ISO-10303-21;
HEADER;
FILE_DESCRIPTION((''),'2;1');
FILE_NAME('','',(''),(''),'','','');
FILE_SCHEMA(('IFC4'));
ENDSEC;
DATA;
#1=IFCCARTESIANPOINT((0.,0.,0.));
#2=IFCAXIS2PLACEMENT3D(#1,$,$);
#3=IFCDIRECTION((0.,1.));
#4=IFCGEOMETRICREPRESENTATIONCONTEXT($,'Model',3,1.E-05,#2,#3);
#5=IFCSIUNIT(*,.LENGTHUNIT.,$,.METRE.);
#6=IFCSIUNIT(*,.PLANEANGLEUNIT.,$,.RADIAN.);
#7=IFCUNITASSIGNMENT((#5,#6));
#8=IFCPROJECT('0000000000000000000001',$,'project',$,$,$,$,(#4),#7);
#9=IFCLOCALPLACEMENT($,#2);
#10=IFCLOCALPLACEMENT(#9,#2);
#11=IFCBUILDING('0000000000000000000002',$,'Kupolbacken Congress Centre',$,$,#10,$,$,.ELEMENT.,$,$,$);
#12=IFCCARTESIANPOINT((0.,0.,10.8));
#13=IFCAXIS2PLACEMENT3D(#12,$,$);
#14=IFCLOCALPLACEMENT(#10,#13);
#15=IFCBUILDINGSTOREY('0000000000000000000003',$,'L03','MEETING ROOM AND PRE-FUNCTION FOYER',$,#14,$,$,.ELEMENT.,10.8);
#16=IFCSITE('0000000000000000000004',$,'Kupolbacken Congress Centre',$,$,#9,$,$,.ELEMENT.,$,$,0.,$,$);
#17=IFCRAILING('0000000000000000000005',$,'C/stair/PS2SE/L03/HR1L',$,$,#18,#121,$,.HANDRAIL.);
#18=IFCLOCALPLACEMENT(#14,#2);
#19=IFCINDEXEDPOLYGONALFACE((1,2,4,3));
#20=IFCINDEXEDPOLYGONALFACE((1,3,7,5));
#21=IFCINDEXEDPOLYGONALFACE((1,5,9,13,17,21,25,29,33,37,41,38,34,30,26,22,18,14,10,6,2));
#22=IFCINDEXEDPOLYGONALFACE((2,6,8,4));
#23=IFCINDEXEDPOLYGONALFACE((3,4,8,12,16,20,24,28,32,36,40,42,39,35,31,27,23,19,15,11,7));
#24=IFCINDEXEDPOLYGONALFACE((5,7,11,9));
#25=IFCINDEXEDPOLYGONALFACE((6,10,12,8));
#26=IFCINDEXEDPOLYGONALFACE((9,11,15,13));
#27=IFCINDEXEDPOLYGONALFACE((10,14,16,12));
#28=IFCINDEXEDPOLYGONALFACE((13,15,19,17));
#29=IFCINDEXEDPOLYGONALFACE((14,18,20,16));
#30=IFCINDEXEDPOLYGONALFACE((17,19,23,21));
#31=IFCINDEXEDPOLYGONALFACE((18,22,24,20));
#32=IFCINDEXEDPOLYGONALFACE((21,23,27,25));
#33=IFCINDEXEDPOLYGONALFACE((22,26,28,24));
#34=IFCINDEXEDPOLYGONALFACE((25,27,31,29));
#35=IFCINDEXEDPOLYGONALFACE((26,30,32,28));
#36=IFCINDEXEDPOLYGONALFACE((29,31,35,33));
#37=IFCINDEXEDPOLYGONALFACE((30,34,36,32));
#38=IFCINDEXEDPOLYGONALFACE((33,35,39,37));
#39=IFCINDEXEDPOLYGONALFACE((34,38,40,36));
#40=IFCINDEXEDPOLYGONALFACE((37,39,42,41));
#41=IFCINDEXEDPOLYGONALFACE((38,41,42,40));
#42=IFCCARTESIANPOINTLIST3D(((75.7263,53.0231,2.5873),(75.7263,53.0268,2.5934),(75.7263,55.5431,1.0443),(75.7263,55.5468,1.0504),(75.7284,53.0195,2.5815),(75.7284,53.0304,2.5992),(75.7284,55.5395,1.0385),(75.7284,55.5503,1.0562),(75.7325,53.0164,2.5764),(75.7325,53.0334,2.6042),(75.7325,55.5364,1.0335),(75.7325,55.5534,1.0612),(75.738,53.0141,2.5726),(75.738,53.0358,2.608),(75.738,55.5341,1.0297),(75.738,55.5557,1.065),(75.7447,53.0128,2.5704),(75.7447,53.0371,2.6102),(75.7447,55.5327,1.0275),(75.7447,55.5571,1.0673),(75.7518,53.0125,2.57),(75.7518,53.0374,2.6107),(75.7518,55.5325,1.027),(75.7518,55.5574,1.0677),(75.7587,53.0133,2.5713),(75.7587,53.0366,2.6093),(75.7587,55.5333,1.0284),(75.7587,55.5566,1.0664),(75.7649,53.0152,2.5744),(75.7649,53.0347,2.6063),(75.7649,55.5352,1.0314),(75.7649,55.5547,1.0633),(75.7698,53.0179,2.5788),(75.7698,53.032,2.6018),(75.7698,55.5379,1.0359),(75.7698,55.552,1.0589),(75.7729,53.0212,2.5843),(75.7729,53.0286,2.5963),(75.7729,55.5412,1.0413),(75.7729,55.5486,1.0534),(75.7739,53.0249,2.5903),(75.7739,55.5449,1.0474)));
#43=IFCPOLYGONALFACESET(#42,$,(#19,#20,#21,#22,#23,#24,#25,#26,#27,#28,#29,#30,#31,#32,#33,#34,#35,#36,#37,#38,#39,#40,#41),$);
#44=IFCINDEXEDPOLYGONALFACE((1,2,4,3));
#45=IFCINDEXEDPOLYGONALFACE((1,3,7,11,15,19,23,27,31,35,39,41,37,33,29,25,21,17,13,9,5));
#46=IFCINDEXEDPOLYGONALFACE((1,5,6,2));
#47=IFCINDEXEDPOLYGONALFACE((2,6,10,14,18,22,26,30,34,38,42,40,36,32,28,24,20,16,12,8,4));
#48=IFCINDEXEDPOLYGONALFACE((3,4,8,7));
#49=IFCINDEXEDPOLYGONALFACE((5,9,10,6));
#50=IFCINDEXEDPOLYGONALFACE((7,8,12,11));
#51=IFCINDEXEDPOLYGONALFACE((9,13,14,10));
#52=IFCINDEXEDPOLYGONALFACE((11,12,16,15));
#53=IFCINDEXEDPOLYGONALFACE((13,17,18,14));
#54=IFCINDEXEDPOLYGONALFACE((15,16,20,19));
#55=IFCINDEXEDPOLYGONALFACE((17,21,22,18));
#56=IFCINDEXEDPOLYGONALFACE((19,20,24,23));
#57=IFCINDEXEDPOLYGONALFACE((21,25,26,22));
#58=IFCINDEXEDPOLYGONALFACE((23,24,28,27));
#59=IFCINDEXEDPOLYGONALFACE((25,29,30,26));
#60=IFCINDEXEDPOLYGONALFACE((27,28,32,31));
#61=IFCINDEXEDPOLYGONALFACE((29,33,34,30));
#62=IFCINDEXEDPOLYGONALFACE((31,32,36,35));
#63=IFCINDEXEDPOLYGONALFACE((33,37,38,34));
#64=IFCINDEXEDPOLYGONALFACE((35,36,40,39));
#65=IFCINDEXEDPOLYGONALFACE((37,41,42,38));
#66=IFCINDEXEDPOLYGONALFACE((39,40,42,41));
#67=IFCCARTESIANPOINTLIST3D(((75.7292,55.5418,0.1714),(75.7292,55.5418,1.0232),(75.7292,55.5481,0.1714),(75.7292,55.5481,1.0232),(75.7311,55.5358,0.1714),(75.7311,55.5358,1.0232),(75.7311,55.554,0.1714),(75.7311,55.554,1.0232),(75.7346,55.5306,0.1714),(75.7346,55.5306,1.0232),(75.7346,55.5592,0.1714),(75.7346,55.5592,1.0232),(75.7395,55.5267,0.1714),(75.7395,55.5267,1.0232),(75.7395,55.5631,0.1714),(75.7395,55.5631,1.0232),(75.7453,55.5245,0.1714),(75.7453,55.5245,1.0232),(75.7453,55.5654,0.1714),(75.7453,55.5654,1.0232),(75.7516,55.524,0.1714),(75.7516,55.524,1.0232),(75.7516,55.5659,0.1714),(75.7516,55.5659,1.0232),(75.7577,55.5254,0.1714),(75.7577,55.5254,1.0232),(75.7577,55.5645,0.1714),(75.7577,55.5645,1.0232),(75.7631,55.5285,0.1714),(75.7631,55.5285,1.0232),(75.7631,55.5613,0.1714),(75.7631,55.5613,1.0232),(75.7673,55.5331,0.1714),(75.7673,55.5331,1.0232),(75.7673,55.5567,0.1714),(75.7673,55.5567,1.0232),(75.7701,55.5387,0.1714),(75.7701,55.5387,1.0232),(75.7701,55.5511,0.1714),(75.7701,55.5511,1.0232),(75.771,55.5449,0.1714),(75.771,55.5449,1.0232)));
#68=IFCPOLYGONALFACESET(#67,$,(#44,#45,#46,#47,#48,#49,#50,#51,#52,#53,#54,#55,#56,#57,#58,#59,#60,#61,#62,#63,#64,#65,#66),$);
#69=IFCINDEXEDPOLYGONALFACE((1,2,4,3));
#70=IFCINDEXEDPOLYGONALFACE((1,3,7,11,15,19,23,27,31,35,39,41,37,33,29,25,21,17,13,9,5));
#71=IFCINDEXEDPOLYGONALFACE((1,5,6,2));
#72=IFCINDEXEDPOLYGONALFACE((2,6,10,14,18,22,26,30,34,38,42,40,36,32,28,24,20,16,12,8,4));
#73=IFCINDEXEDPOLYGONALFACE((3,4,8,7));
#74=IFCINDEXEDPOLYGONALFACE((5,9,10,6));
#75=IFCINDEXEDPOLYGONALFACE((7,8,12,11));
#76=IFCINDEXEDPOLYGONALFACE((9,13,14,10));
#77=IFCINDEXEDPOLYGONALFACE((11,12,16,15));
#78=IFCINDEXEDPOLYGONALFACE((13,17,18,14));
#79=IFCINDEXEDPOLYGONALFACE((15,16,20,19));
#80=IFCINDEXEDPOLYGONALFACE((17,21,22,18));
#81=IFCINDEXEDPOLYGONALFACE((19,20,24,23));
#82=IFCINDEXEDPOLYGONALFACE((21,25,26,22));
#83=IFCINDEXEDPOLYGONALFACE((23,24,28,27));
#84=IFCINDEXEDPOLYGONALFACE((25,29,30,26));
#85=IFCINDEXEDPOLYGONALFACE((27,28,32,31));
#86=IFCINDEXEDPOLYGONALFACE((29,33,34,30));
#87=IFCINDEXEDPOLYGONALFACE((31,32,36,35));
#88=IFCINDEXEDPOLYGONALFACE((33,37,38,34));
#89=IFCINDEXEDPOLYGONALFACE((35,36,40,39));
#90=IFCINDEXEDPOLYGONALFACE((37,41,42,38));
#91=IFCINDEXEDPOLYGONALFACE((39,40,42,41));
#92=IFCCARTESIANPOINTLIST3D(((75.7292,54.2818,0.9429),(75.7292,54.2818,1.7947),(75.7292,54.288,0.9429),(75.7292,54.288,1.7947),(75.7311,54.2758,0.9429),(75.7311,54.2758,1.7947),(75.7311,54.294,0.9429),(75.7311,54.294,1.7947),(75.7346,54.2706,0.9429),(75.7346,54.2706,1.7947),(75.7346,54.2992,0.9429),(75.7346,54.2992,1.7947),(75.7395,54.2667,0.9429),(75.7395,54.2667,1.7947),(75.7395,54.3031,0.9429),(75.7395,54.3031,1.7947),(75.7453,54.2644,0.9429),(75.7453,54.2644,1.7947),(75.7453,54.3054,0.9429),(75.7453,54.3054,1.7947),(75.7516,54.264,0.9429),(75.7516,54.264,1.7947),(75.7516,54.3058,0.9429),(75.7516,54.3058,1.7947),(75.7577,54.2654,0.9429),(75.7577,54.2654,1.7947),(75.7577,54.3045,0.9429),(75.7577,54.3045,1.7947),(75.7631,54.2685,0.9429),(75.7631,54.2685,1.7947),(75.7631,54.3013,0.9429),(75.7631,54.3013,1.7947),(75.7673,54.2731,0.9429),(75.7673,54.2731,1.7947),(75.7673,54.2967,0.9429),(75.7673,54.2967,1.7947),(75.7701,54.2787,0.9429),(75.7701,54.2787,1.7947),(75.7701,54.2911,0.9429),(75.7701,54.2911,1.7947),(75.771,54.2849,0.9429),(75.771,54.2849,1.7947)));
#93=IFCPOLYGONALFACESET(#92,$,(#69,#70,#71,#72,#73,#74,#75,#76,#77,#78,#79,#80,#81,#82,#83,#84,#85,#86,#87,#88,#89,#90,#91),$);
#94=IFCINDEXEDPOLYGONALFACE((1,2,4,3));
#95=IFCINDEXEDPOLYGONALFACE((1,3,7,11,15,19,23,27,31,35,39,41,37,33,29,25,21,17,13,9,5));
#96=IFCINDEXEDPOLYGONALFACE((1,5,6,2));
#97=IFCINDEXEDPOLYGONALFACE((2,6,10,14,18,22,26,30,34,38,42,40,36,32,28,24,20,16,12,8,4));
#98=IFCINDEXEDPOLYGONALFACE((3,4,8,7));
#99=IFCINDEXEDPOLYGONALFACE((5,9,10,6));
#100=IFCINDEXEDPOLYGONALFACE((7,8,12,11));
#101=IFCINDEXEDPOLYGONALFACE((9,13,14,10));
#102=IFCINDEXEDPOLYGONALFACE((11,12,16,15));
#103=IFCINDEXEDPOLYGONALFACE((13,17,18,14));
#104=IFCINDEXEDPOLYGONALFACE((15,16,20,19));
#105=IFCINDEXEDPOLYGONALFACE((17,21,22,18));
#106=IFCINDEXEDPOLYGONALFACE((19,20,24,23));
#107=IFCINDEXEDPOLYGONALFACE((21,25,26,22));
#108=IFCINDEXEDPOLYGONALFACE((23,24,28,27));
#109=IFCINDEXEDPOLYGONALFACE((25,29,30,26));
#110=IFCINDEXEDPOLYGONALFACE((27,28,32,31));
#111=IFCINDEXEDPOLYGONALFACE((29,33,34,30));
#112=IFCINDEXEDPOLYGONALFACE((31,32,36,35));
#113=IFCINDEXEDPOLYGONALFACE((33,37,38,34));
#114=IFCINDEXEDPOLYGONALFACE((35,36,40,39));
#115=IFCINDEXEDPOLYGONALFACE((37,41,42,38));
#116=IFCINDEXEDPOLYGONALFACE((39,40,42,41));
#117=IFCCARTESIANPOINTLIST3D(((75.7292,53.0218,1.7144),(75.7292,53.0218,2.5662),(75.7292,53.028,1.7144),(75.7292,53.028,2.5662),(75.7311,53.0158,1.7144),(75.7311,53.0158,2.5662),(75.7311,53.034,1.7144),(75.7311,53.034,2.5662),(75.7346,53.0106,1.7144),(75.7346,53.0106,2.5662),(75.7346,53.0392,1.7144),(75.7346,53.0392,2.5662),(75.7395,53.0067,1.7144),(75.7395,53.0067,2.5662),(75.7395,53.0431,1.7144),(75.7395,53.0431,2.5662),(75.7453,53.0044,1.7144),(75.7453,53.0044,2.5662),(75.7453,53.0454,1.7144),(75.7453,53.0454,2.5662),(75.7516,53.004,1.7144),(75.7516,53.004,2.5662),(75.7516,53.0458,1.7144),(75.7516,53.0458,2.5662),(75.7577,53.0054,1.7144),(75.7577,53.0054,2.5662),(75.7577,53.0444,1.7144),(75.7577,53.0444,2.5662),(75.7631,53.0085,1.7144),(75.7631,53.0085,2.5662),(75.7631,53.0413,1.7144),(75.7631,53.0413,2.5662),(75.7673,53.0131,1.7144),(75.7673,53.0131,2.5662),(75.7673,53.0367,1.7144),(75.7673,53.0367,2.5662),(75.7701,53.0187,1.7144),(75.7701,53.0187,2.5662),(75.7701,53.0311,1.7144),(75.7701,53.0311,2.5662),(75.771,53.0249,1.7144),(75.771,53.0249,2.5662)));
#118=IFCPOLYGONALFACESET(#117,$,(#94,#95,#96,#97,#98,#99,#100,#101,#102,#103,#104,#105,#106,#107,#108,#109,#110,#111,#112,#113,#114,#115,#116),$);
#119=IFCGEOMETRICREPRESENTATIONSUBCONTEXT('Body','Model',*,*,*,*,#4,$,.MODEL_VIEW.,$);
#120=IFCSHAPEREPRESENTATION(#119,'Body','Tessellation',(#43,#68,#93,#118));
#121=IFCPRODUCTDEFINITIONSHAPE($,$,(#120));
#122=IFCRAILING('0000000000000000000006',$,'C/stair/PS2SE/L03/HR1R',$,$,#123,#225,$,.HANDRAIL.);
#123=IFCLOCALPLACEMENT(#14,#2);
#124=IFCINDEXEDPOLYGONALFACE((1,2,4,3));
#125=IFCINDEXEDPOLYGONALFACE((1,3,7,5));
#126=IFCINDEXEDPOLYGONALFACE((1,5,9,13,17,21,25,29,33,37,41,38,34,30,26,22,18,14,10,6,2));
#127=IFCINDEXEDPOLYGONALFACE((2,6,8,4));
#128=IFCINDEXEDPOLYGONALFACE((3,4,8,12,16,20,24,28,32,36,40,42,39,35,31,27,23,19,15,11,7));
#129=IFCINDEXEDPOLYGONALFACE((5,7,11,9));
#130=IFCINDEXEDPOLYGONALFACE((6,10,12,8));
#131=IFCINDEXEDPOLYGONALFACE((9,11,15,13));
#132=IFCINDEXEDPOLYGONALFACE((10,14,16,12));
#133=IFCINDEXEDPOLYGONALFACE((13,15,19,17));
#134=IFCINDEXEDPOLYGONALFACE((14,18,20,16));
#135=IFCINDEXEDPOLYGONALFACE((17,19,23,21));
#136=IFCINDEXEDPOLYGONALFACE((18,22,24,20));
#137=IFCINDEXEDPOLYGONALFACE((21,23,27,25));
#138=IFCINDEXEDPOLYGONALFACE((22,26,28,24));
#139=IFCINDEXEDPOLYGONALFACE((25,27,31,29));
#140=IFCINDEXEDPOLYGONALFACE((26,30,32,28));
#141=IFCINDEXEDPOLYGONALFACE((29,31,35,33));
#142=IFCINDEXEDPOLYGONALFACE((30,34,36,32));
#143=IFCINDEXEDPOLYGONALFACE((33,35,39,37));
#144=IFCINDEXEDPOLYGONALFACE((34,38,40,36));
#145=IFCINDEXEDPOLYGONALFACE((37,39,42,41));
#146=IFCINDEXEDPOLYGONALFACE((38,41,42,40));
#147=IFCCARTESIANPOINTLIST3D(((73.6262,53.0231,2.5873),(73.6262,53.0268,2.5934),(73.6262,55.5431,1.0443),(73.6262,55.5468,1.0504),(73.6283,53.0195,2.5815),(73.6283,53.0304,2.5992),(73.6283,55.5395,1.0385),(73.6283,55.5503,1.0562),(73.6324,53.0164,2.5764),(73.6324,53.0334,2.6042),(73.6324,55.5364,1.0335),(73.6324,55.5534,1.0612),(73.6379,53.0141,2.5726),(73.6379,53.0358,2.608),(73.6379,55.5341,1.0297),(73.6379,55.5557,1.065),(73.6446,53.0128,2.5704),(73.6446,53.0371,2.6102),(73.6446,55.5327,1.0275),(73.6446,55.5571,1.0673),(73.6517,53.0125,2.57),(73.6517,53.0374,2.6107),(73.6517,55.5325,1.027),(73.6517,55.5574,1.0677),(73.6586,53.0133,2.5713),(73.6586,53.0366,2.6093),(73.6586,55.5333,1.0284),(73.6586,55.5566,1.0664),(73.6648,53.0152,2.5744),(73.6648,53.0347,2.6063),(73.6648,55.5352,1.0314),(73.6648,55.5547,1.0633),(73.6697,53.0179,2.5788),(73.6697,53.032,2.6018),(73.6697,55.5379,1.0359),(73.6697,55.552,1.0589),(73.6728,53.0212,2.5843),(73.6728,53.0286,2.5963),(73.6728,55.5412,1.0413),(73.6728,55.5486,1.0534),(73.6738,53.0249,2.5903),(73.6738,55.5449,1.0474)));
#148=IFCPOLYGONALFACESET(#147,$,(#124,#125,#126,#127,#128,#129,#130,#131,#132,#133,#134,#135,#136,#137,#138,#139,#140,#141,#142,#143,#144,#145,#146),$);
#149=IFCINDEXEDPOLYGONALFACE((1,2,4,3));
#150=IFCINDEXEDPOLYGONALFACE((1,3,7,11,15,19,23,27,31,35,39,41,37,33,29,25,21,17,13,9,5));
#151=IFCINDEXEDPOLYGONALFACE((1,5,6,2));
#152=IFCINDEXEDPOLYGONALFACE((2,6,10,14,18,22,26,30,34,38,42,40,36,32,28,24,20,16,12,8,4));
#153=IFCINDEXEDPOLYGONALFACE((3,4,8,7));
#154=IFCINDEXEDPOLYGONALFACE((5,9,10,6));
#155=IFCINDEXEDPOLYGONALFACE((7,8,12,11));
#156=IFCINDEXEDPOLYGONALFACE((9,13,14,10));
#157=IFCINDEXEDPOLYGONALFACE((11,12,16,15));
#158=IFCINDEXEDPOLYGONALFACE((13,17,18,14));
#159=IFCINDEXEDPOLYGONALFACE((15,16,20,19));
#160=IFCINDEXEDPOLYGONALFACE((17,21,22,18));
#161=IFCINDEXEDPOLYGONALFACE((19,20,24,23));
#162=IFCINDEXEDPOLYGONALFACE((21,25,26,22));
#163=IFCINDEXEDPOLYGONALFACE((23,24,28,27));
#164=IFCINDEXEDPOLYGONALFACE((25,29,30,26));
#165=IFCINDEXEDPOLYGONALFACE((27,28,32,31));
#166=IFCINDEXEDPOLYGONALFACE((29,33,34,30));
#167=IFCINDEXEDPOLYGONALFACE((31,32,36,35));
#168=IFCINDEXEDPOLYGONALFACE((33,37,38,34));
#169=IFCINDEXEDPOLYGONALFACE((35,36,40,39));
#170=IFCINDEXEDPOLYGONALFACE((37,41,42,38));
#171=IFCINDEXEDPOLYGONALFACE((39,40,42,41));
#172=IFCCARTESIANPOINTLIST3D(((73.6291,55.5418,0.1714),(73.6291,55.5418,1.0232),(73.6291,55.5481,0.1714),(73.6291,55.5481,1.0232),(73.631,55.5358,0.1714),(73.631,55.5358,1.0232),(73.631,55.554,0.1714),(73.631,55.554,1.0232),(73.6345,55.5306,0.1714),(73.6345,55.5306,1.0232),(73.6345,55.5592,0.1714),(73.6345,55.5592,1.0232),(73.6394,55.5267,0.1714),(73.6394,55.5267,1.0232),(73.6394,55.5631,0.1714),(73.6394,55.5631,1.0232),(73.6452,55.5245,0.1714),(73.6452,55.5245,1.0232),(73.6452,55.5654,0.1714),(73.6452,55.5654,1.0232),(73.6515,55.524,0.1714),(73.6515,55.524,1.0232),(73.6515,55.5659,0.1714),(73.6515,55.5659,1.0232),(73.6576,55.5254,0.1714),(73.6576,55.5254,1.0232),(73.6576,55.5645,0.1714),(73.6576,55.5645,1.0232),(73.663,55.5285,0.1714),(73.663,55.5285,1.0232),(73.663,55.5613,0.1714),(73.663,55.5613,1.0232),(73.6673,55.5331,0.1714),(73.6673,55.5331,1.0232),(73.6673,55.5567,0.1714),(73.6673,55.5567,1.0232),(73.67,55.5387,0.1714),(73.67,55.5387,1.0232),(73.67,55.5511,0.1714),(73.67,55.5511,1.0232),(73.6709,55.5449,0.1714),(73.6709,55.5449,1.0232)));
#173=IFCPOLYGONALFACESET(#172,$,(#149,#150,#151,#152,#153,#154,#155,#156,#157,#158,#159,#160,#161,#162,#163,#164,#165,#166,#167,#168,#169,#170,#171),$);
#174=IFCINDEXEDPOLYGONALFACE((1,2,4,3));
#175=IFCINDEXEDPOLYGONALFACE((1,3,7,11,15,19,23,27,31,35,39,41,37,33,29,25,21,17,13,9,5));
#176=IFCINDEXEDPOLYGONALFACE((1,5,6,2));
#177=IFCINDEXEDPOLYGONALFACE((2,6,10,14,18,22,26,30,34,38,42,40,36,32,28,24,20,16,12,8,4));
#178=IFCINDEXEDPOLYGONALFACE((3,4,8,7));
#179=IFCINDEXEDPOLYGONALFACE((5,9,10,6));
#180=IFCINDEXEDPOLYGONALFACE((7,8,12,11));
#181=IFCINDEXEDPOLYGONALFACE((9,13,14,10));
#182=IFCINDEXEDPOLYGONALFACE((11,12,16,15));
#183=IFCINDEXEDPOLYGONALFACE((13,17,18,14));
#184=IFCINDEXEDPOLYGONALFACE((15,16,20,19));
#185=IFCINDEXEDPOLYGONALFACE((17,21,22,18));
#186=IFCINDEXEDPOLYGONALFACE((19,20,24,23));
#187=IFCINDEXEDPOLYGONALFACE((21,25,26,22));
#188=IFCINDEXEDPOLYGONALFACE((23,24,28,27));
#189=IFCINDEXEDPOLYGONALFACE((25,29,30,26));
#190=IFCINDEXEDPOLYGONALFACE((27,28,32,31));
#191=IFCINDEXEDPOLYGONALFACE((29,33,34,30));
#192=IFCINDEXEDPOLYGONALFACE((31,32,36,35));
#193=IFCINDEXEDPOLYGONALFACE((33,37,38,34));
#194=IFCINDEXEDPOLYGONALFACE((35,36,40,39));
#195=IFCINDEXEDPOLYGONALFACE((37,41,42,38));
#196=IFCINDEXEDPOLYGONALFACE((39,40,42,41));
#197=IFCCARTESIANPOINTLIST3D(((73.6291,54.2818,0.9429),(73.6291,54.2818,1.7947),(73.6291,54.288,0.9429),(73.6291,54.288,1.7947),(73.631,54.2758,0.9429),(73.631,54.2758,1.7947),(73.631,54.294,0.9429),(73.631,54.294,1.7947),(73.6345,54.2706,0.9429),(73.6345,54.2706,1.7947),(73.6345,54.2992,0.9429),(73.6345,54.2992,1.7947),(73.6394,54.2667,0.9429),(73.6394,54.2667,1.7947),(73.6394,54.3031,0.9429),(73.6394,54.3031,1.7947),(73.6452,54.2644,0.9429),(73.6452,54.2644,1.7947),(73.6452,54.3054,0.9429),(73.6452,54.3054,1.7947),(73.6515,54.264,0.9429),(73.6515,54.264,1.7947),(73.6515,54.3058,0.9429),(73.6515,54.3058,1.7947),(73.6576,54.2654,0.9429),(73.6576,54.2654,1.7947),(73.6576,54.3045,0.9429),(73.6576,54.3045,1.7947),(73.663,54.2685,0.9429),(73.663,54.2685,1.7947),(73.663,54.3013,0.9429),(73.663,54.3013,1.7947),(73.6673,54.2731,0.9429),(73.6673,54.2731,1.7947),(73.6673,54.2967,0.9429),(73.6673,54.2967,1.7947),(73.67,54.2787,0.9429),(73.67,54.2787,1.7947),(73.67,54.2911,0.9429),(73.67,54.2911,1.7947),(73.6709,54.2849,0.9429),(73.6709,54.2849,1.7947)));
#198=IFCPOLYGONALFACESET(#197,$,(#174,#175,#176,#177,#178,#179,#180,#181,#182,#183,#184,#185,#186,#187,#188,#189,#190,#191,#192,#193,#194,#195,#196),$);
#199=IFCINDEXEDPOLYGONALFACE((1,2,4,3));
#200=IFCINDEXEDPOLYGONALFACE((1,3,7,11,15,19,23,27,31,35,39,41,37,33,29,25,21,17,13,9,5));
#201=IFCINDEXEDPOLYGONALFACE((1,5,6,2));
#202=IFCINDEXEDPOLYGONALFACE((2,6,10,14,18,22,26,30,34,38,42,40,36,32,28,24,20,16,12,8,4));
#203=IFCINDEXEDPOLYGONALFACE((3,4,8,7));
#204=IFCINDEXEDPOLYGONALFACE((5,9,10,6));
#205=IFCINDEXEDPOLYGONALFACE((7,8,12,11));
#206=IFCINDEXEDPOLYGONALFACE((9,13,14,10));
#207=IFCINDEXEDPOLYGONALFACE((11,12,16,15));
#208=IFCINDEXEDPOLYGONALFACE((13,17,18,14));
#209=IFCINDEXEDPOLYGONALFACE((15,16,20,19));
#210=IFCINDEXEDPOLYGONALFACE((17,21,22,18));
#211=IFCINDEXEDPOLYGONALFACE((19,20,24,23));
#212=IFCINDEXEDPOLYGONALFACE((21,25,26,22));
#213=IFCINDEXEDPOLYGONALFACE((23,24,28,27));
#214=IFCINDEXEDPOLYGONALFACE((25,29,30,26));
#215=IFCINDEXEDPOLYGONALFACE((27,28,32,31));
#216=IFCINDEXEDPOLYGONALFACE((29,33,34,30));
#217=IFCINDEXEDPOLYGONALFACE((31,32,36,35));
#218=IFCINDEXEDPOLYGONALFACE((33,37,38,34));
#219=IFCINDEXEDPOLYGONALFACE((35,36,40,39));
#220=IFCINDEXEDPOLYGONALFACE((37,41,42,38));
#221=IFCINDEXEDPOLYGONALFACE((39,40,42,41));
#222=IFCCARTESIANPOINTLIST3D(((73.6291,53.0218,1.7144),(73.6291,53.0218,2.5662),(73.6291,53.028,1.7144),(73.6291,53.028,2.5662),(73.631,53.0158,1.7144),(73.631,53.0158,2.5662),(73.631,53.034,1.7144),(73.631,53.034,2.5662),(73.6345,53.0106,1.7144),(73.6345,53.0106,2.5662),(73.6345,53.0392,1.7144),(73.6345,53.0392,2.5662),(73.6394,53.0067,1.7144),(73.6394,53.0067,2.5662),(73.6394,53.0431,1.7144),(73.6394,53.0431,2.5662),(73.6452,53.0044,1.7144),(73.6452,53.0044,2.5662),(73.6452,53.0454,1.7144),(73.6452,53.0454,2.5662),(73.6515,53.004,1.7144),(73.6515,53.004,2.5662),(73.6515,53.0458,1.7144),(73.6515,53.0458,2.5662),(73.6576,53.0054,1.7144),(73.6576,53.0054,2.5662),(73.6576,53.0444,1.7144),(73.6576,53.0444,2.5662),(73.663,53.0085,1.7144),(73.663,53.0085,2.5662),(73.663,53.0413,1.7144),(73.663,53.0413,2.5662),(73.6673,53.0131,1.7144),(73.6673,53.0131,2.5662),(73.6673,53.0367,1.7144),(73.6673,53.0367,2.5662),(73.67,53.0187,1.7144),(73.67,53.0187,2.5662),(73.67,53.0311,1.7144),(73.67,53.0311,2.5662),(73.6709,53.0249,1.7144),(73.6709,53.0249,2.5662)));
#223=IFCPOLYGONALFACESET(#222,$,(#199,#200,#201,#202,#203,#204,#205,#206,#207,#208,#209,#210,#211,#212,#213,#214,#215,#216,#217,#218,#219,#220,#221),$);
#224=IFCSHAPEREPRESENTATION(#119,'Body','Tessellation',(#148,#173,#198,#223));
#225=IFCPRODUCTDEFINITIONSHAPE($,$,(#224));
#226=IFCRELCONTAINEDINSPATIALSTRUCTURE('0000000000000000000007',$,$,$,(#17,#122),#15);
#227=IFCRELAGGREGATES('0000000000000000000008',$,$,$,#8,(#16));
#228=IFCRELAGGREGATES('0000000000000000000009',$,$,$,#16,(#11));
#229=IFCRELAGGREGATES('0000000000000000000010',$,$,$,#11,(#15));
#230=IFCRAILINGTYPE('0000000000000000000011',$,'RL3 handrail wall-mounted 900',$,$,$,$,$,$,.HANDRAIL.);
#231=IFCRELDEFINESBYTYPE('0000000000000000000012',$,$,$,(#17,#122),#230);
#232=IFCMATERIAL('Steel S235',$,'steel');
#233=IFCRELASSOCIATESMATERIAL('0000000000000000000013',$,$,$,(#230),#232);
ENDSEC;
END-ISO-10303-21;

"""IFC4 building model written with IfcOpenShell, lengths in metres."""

from ifc_helpers import new_model, si_unit, direction, frame, origin, origin_2d, place, context, subcontext, project, spatial, circle, extrude, material, type_object, element, save


model = new_model("IFC4")

# Units and contexts
model_context = context("Model", 3, precision=1e-05, world=origin(), true_north=direction((0.0, 1.0)))
body_context = subcontext(model_context, "Body", "Model", "MODEL_VIEW")
ifc_project = project(units=[si_unit("LENGTHUNIT", "METRE"), si_unit("PLANEANGLEUNIT", "RADIAN")], contexts=[model_context])

# Site, building, storey
site_placement = place(None, origin())
site = spatial("IfcSite", under=ifc_project, at=site_placement, Name="Kupolbacken Congress Centre", CompositionType="ELEMENT", RefElevation=0.0)
building_placement = place(site_placement, origin())
building = spatial("IfcBuilding", under=site, at=building_placement, Name="Kupolbacken Congress Centre", CompositionType="ELEMENT")
storey_placement = place(building_placement, frame((0.0, 0.0, 10.8)))
storey = spatial("IfcBuildingStorey", under=building, at=storey_placement, Name="L03", Description="MEETING ROOM AND PRE-FUNCTION FOYER", CompositionType="ELEMENT", Elevation=10.8)

# Railings
ifc_material_1 = material(Name="Steel S235", Category="steel")
railing_type = type_object("IfcRailingType", Name="RL3 handrail wall-mounted 900", PredefinedType="HANDRAIL", material=ifc_material_1)
for number, where, name in (
    (1, (75.75, 55.5449, 0.1714), "C/stair/PS2SE/L03/HR1L"),
    (2, (73.6499, 55.5449, 0.1714), "C/stair/PS2SE/L03/HR1R"),
):
    element("IfcRailing", number, at=place(storey_placement, frame(where)), inside=storey, type_object=railing_type, Name=name, PredefinedType="HANDRAIL", context=body_context, shape_type="SweptSolid", body=[
        extrude(circle(Radius=0.0239, at=origin_2d()), frame((0.0, 0.0, 0.876), z_axis=(0.0, -0.852836, 0.522178), x_axis=(1.0, 0.0, 0.0)), (0.0, 0.0, 1.0), 2.9548),
        extrude(circle(Radius=0.021, at=origin_2d()), origin(), (0.0, 0.0, 1.0), 0.8518),
        extrude(circle(Radius=0.021, at=origin_2d()), frame((0.0, -1.26, 0.7715)), (0.0, 0.0, 1.0), 0.8518),
        extrude(circle(Radius=0.021, at=origin_2d()), frame((0.0, -2.52, 1.543)), (0.0, 0.0, 1.0), 0.8518),
    ])

save(model, "model.ifc")
